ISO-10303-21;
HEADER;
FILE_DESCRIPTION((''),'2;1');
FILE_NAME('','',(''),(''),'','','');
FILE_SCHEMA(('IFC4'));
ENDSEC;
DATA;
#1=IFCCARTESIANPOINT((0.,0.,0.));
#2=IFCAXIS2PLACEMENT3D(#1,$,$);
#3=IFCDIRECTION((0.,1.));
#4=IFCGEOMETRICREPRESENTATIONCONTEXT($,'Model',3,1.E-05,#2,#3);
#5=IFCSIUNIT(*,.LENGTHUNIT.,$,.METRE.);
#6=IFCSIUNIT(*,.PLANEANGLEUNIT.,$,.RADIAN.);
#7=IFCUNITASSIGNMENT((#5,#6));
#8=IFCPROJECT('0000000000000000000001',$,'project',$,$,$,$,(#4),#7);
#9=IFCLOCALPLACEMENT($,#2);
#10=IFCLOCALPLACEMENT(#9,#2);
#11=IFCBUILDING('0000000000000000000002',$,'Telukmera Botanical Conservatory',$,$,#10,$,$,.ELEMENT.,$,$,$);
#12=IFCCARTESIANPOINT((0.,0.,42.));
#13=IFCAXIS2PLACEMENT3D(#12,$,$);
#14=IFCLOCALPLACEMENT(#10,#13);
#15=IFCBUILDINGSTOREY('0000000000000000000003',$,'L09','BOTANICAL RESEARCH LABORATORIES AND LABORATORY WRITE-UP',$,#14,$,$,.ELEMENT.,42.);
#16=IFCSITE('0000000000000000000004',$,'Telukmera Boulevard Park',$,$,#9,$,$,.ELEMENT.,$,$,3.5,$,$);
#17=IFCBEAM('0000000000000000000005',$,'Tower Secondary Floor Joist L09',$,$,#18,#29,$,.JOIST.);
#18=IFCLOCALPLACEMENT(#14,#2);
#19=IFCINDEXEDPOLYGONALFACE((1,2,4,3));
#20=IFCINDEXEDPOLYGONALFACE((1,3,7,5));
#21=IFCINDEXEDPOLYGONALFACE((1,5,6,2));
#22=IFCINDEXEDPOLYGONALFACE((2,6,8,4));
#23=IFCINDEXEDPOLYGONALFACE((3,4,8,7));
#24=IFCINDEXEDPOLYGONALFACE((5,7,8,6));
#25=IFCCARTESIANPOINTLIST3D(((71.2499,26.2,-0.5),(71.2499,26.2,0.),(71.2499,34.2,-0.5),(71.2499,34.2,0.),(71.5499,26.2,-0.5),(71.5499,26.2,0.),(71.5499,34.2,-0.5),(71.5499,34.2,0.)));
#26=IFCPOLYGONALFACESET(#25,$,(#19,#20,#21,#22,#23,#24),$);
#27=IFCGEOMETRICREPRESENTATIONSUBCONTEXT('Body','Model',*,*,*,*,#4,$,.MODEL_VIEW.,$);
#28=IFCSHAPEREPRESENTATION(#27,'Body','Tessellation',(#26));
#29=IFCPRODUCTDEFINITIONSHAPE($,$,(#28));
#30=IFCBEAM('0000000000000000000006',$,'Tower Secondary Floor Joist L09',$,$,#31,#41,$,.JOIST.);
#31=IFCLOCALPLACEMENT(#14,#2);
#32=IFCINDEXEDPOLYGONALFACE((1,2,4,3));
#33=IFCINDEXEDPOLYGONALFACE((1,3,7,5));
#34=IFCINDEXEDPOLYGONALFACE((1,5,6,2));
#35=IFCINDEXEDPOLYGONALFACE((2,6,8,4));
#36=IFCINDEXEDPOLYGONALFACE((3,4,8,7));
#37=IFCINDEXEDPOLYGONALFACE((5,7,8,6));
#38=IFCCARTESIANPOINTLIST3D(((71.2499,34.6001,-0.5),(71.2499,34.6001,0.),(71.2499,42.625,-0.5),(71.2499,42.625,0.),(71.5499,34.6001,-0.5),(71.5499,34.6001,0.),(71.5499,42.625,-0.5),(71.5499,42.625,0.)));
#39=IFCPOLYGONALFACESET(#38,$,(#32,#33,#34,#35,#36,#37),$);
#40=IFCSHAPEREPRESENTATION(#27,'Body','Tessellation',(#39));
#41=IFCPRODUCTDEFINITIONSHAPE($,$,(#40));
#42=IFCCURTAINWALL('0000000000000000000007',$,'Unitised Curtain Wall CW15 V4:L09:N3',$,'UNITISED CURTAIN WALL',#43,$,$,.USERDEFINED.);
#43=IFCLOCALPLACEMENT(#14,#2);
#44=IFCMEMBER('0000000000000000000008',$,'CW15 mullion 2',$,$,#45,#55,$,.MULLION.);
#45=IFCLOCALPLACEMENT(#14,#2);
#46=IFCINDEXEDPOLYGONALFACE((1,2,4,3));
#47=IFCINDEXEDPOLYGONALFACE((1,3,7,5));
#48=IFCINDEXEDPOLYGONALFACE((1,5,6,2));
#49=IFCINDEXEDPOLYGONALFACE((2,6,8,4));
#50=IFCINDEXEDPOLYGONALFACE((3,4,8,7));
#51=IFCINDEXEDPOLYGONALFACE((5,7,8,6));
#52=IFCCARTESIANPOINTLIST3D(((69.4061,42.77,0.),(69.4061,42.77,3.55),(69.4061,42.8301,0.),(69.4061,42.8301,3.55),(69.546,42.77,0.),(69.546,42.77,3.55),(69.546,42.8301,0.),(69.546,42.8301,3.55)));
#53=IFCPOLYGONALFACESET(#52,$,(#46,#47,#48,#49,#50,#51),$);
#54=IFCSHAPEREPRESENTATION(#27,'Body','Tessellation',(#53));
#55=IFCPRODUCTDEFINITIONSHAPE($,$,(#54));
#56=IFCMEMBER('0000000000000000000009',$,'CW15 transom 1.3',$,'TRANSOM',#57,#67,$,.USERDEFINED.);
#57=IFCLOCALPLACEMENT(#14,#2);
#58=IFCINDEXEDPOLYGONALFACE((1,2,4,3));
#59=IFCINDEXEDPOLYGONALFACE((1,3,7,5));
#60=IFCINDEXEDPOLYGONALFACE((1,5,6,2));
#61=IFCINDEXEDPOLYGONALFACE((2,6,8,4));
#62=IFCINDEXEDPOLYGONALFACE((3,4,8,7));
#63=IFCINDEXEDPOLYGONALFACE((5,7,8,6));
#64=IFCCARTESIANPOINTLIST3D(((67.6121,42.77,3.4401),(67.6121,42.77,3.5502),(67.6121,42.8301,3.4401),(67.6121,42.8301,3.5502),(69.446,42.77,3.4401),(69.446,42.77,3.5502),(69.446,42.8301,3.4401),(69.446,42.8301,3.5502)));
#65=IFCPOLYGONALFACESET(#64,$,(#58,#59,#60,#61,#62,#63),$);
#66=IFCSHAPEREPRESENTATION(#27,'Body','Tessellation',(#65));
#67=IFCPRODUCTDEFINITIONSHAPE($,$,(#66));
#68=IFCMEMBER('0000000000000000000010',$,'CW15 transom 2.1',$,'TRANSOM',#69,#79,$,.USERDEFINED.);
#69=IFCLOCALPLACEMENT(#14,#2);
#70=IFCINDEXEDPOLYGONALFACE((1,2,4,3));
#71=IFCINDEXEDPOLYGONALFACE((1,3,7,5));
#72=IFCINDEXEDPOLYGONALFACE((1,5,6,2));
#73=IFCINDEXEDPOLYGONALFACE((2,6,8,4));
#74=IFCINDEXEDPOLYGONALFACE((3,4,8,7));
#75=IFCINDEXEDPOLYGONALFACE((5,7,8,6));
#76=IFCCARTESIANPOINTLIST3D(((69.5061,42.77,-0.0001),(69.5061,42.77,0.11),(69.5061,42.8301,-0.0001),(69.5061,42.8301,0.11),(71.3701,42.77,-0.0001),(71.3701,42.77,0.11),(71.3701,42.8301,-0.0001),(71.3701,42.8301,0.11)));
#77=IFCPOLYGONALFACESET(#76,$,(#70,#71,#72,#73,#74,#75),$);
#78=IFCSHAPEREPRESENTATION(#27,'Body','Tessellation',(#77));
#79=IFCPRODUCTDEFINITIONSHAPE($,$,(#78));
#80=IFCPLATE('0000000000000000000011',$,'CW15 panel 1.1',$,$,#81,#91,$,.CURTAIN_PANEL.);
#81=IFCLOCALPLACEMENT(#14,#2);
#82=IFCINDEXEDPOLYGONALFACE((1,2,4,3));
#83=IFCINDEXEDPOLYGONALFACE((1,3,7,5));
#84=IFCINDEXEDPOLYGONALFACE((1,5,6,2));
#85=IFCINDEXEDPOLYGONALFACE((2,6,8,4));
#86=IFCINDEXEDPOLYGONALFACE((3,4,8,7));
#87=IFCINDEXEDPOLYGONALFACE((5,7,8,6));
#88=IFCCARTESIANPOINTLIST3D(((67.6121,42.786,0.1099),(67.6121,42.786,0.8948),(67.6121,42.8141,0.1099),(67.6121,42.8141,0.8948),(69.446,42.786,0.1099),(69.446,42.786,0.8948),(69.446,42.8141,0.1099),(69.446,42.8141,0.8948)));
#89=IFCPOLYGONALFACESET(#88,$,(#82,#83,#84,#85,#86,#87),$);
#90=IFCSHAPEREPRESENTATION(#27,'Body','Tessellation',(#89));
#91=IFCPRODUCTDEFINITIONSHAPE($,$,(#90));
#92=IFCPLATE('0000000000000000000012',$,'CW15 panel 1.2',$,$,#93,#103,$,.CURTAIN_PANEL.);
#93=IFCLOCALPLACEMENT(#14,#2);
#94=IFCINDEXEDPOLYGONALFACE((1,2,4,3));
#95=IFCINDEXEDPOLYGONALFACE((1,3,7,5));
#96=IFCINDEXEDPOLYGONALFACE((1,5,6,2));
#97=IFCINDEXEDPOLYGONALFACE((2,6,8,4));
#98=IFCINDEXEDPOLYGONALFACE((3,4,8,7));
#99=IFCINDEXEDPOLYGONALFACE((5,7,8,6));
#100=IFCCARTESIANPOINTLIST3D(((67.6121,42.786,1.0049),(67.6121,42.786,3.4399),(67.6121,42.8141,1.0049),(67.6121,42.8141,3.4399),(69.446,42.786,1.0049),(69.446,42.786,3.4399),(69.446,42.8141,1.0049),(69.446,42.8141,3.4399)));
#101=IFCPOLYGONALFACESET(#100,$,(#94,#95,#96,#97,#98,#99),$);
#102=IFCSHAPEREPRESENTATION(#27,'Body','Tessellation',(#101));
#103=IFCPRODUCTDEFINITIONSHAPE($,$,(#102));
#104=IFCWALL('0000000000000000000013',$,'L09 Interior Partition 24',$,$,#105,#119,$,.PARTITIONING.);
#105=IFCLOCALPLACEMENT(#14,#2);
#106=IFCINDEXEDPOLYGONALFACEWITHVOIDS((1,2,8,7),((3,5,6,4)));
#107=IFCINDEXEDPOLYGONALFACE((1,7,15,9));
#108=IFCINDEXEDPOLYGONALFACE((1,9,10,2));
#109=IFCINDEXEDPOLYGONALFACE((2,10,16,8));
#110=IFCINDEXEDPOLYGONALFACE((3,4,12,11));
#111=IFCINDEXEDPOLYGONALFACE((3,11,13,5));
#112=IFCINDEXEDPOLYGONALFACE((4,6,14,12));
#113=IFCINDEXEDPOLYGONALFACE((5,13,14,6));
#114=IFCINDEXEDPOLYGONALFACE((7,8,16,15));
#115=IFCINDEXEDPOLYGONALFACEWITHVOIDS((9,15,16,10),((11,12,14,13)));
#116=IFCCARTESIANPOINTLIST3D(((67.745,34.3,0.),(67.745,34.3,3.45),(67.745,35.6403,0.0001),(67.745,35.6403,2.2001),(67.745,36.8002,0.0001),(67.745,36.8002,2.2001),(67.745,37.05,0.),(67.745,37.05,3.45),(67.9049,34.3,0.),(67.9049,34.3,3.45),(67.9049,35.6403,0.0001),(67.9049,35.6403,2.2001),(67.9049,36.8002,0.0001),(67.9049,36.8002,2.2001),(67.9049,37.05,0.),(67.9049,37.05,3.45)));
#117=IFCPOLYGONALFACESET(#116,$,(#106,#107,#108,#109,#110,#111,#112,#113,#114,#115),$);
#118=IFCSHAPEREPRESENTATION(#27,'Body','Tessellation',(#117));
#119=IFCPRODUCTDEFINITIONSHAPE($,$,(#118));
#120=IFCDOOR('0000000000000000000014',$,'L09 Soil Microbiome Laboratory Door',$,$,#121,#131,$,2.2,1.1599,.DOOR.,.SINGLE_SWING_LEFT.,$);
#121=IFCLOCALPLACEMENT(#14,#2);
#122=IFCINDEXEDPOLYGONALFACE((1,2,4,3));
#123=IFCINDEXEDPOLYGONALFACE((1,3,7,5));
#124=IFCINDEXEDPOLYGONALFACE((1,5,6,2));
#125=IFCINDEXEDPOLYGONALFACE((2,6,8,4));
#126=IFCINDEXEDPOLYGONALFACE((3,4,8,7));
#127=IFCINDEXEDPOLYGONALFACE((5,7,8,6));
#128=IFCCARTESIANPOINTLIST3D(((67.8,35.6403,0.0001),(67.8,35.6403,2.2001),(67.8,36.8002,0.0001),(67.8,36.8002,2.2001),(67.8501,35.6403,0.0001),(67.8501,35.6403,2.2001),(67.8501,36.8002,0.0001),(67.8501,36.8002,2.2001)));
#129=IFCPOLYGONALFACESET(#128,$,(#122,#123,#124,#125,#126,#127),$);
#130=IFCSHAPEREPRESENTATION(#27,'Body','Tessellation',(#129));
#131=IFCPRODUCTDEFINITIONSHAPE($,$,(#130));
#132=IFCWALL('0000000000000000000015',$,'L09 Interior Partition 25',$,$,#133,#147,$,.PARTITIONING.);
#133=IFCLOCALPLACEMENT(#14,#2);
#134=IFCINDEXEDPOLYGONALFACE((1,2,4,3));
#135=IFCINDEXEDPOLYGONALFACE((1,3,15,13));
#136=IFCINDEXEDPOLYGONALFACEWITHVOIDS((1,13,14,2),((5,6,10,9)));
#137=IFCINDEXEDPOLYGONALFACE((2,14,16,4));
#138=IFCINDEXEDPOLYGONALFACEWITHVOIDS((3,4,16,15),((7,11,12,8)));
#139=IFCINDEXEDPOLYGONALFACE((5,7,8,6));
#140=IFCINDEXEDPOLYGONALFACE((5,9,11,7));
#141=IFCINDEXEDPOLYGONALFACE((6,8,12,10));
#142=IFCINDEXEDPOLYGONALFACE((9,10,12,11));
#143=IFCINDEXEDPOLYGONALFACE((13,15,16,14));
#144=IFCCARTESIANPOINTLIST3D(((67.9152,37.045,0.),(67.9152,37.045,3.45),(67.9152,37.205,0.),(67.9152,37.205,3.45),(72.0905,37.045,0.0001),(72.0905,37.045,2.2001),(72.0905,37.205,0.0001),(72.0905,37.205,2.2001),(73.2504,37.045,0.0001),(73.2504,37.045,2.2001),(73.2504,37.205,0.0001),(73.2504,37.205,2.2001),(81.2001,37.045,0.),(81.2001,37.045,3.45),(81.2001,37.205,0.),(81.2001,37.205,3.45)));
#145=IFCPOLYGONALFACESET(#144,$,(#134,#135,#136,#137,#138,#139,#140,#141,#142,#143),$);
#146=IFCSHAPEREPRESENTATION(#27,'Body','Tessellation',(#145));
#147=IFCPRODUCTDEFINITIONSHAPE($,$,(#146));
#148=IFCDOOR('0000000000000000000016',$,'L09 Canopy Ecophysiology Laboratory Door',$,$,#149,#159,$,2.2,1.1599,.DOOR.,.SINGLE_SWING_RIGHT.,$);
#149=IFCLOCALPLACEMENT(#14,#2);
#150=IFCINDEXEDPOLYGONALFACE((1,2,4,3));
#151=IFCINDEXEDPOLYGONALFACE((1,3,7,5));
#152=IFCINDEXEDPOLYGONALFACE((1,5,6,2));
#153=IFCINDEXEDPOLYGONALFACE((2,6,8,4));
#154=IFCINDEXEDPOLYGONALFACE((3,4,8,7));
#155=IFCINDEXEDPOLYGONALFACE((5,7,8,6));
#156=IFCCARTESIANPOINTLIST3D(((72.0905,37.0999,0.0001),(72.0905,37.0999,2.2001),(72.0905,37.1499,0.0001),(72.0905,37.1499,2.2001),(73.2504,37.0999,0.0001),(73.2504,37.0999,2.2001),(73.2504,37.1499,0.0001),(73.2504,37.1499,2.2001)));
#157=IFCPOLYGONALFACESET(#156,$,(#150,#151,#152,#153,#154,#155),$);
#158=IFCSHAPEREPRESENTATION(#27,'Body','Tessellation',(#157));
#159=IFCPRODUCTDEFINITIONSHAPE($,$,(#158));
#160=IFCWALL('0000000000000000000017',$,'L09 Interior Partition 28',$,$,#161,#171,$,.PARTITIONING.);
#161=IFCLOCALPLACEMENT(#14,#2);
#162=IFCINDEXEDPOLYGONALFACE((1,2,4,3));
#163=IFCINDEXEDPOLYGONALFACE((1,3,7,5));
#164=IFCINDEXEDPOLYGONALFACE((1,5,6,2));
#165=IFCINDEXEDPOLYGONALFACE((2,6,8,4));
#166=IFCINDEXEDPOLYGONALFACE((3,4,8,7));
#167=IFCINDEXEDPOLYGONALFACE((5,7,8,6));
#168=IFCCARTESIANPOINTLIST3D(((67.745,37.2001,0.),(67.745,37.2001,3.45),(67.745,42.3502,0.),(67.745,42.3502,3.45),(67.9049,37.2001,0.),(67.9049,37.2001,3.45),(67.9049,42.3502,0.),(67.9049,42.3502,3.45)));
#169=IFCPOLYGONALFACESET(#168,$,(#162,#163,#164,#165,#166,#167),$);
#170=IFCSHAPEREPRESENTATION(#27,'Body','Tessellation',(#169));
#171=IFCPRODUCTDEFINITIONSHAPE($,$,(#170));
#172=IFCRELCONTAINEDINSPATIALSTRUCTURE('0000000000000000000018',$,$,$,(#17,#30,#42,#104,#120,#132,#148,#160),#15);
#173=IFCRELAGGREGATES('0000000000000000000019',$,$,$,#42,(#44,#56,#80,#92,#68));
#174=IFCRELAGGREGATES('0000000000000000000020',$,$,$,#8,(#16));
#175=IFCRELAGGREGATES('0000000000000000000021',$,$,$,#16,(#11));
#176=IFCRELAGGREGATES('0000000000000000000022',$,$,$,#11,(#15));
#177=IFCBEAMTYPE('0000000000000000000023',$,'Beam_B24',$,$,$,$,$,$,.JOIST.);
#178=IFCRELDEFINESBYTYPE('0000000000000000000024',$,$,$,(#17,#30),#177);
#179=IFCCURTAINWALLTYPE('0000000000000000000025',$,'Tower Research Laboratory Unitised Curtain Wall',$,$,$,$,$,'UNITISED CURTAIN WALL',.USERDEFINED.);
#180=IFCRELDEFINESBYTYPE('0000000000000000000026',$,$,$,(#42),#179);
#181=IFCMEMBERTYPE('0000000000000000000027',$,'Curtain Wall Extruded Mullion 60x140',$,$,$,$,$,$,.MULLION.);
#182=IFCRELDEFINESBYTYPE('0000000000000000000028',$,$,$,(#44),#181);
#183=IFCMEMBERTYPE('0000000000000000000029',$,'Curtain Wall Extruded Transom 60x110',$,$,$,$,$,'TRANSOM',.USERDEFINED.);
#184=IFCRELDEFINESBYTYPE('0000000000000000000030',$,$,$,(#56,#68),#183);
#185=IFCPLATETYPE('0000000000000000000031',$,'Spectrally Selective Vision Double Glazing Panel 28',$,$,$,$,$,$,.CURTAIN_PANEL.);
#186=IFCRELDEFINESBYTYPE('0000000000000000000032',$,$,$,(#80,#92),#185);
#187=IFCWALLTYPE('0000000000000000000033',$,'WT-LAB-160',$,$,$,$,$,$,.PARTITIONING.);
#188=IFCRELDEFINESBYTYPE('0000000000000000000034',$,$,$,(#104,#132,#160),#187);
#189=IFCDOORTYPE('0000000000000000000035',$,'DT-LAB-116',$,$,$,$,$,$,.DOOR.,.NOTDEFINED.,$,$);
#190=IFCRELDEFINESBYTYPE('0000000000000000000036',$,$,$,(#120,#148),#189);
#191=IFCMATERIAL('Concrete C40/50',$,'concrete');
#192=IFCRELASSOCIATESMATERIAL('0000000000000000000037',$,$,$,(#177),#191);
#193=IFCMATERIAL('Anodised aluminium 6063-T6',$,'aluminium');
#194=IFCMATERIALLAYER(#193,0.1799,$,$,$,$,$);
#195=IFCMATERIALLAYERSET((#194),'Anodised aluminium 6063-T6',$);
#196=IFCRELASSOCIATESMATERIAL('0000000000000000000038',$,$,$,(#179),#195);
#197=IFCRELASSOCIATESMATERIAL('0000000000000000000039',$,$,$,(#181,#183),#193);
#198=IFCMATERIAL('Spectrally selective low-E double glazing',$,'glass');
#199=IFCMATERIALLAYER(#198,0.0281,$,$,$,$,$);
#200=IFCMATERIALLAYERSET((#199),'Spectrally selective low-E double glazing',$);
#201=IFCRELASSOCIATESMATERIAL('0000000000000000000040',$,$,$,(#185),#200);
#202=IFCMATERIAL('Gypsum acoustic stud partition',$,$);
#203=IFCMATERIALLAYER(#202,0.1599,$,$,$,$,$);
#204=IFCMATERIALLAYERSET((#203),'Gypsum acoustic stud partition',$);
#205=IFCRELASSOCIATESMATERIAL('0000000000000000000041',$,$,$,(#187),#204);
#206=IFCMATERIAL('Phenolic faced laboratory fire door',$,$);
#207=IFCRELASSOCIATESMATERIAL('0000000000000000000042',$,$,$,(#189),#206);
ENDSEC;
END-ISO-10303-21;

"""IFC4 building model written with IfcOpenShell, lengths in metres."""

from ifc_helpers import new_model, si_unit, direction, frame, frame_2d, origin, origin_2d, place, context, subcontext, project, spatial, rectangle, extrude, material, layer, layer_set, material_profile, profile_set, type_object, element, fill, aggregate, save


model = new_model("IFC4")

# Units and contexts
model_context = context("Model", 3, precision=1e-05, world=origin(), true_north=direction((0.0, 1.0)))
body_context = subcontext(model_context, "Body", "Model", "MODEL_VIEW")
ifc_project = project(units=[si_unit("LENGTHUNIT", "METRE"), si_unit("PLANEANGLEUNIT", "RADIAN")], contexts=[model_context])

# Site, building, storey
site_placement = place(None, origin())
site = spatial("IfcSite", under=ifc_project, at=site_placement, Name="Telukmera Boulevard Park", CompositionType="ELEMENT", RefElevation=3.5)
building_placement = place(site_placement, origin())
building = spatial("IfcBuilding", under=site, at=building_placement, Name="Telukmera Botanical Conservatory", CompositionType="ELEMENT")
storey_placement = place(building_placement, frame((0.0, 0.0, 42.0)))
storey = spatial("IfcBuildingStorey", under=building, at=storey_placement, Name="L09", Description="BOTANICAL RESEARCH LABORATORIES AND LABORATORY WRITE-UP", CompositionType="ELEMENT", Elevation=42.0)

# Beams
ifc_material_1 = material(Name="Concrete C40/50", Category="concrete")
ifc_material_profile_1 = material_profile(ifc_material_1, rectangle(XDim=0.3, YDim=0.5, at=origin_2d()), Name="RC 300x500")
ifc_profile_set_1 = profile_set([ifc_material_profile_1], Name="Concrete C40/50")
beam_type = type_object("IfcBeamType", Name="Beam_B24", PredefinedType="JOIST", material=ifc_profile_set_1)
beam_1_placement = place(storey_placement, frame((71.3999, 26.2, -0.25), z_axis=(0.0, 1.0, 0.0), x_axis=(-1.0, 0.0, 0.0)))
element("IfcBeam", 1, at=beam_1_placement, inside=storey, type_object=beam_type, Name="Tower Secondary Floor Joist L09", PredefinedType="JOIST", context=body_context, shape_type="SweptSolid", body=[
    extrude(rectangle(XDim=0.3, YDim=0.5, at=origin_2d()), origin(), (0.0, 0.0, 1.0), 8.0),
])
beam_2_placement = place(storey_placement, frame((71.3999, 34.6001, -0.25), z_axis=(0.0, 1.0, 0.0), x_axis=(-1.0, 0.0, 0.0)))
element("IfcBeam", 2, at=beam_2_placement, inside=storey, type_object=beam_type, Name="Tower Secondary Floor Joist L09", PredefinedType="JOIST", context=body_context, shape_type="SweptSolid", body=[
    extrude(rectangle(XDim=0.3, YDim=0.5, at=origin_2d()), origin(), (0.0, 0.0, 1.0), 8.0249),
])

# Curtain wall, members, plates
ifc_material_2 = material(Name="Anodised aluminium 6063-T6", Category="aluminium")
ifc_layer_1 = layer(ifc_material_2, 0.1799)
ifc_layer_set_1 = layer_set([ifc_layer_1], Name="Anodised aluminium 6063-T6")
curtain_wall_type = type_object("IfcCurtainWallType", Name="Tower Research Laboratory Unitised Curtain Wall", ElementType="UNITISED CURTAIN WALL", PredefinedType="USERDEFINED", material=ifc_layer_set_1)
curtain_wall_placement = place(storey_placement, origin())
curtain_wall = element("IfcCurtainWall", 3, at=curtain_wall_placement, inside=storey, type_object=curtain_wall_type, Name="Unitised Curtain Wall CW15 V4:L09:N3", ObjectType="UNITISED CURTAIN WALL", PredefinedType="USERDEFINED")
ifc_material_profile_2 = material_profile(ifc_material_2, rectangle(XDim=0.0601, YDim=0.1399, at=origin_2d()), Name="ALU MULL 60x140")
ifc_profile_set_2 = profile_set([ifc_material_profile_2], Name="Anodised aluminium 6063-T6")
member_type_1 = type_object("IfcMemberType", Name="Curtain Wall Extruded Mullion 60x140", PredefinedType="MULLION", material=ifc_profile_set_2)
member_1_placement = place(storey_placement, frame((69.4761, 42.8, 0.0), z_axis=(0.0, 0.0, 1.0), x_axis=(0.0, 1.0, 0.0)))
member_1 = element("IfcMember", 4, at=member_1_placement, type_object=member_type_1, Name="CW15 mullion 2", PredefinedType="MULLION", context=body_context, shape_type="SweptSolid", body=[
    extrude(rectangle(XDim=0.0601, YDim=0.1399, at=origin_2d()), origin(), (0.0, 0.0, 1.0), 3.55),
])
ifc_material_profile_3 = material_profile(ifc_material_2, rectangle(XDim=0.0601, YDim=0.1101, at=origin_2d()), Name="ALU TRAN 60x110")
ifc_profile_set_3 = profile_set([ifc_material_profile_3], Name="Anodised aluminium 6063-T6")
member_type_2 = type_object("IfcMemberType", Name="Curtain Wall Extruded Transom 60x110", ElementType="TRANSOM", PredefinedType="USERDEFINED", material=ifc_profile_set_3)
member_2_placement = place(storey_placement, frame((67.6121, 42.8, 3.4951), z_axis=(1.0, 0.0, 0.0), x_axis=(0.0, 1.0, 0.0)))
member_2 = element("IfcMember", 5, at=member_2_placement, type_object=member_type_2, Name="CW15 transom 1.3", ObjectType="TRANSOM", PredefinedType="USERDEFINED", context=body_context, shape_type="SweptSolid", body=[
    extrude(rectangle(XDim=0.0601, YDim=0.1101, at=origin_2d()), origin(), (0.0, 0.0, 1.0), 1.834),
])
member_3_placement = place(storey_placement, frame((69.5061, 42.8, 0.0549), z_axis=(1.0, 0.0, 0.0), x_axis=(0.0, 1.0, 0.0)))
member_3 = element("IfcMember", 6, at=member_3_placement, type_object=member_type_2, Name="CW15 transom 2.1", ObjectType="TRANSOM", PredefinedType="USERDEFINED", context=body_context, shape_type="SweptSolid", body=[
    extrude(rectangle(XDim=0.0601, YDim=0.1101, at=origin_2d()), origin(), (0.0, 0.0, 1.0), 1.864),
])
ifc_material_3 = material(Name="Spectrally selective low-E double glazing", Category="glass")
ifc_layer_2 = layer(ifc_material_3, 0.0281)
ifc_layer_set_2 = layer_set([ifc_layer_2], Name="Spectrally selective low-E double glazing")
plate_type = type_object("IfcPlateType", Name="Spectrally Selective Vision Double Glazing Panel 28", PredefinedType="CURTAIN_PANEL", material=ifc_layer_set_2)
plate_1_placement = place(storey_placement, frame((68.5291, 42.8, 0.1099), z_axis=(0.0, 0.0, 1.0), x_axis=(1.0, 0.0, 0.0)))
plate_1 = element("IfcPlate", 7, at=plate_1_placement, type_object=plate_type, Name="CW15 panel 1.1", PredefinedType="CURTAIN_PANEL", context=body_context, shape_type="SweptSolid", body=[
    extrude(rectangle(XDim=1.834, YDim=0.0281, at=origin_2d()), origin(), (0.0, 0.0, 1.0), 0.7849),
])
plate_2_placement = place(storey_placement, frame((68.5291, 42.8, 1.0049), z_axis=(0.0, 0.0, 1.0), x_axis=(1.0, 0.0, 0.0)))
plate_2 = element("IfcPlate", 8, at=plate_2_placement, type_object=plate_type, Name="CW15 panel 1.2", PredefinedType="CURTAIN_PANEL", context=body_context, shape_type="SweptSolid", body=[
    extrude(rectangle(XDim=1.834, YDim=0.0281, at=origin_2d()), origin(), (0.0, 0.0, 1.0), 2.4351),
])
aggregate(curtain_wall, [member_1, member_2, plate_1, plate_2, member_3])

# Walls, openings, doors
ifc_material_4 = material(Name="Gypsum acoustic stud partition")
ifc_layer_3 = layer(ifc_material_4, 0.1599)
ifc_layer_set_3 = layer_set([ifc_layer_3], Name="Gypsum acoustic stud partition")
wall_type_1 = type_object("IfcWallType", Name="WT-LAB-160", PredefinedType="PARTITIONING", material=ifc_layer_set_3)
wall_1_placement = place(storey_placement, frame((67.825, 34.3, 0.0), z_axis=(0.0, 0.0, 1.0), x_axis=(0.0, 1.0, 0.0)))
wall_1 = element("IfcWall", 9, at=wall_1_placement, inside=storey, type_object=wall_type_1, Name="L09 Interior Partition 24", PredefinedType="PARTITIONING", context=body_context, shape_type="SweptSolid", body=[
    extrude(rectangle(XDim=2.75, YDim=0.1599, at=frame_2d((1.375, 0.0))), origin(), (0.0, 0.0, 1.0), 3.45),
])
opening_1_placement = place(wall_1_placement, frame((1.3401, 0.0, 0.0)))
opening_1 = element("IfcOpeningElement", 10, at=opening_1_placement, cuts=wall_1, PredefinedType="OPENING", context=body_context, shape_type="SweptSolid", body=[
    extrude(rectangle(XDim=1.1599, YDim=2.2, at=frame_2d((0.5801, 1.1001))), frame((0.0, 0.0898, 0.0), z_axis=(0.0, -1.0, 0.0), x_axis=(1.0, 0.0, 0.0)), (0.0, 0.0, 1.0), 0.1799),
])
ifc_material_5 = material(Name="Phenolic faced laboratory fire door")
door_type_1 = type_object("IfcDoorType", Name="DT-LAB-116", OperationType="NOTDEFINED", PredefinedType="DOOR", material=ifc_material_5)
door_1_placement = place(opening_1_placement, origin())
door_1 = element("IfcDoor", 11, at=door_1_placement, inside=storey, type_object=door_type_1, Name="L09 Soil Microbiome Laboratory Door", OperationType="SINGLE_SWING_LEFT", OverallHeight=2.2, OverallWidth=1.1599, PredefinedType="DOOR", context=body_context, shape_type="SweptSolid", body=[
    extrude(rectangle(XDim=1.1599, YDim=2.2, at=frame_2d((0.5801, 1.1001))), frame((0.0, 0.0249, 0.0), z_axis=(0.0, -1.0, 0.0), x_axis=(1.0, 0.0, 0.0)), (0.0, 0.0, 1.0), 0.05),
])
fill(opening_1, door_1)
wall_2_placement = place(storey_placement, frame((67.915, 37.125, 0.0), z_axis=(0.0, 0.0, 1.0), x_axis=(1.0, 0.0, 0.0)))
wall_2 = element("IfcWall", 12, at=wall_2_placement, inside=storey, type_object=wall_type_1, Name="L09 Interior Partition 25", PredefinedType="PARTITIONING", context=body_context, shape_type="SweptSolid", body=[
    extrude(rectangle(XDim=13.2849, YDim=0.1599, at=frame_2d((6.6426, 0.0))), origin(), (0.0, 0.0, 1.0), 3.45),
])
opening_2_placement = place(wall_2_placement, frame((4.1753, 0.0, 0.0)))
opening_2 = element("IfcOpeningElement", 13, at=opening_2_placement, cuts=wall_2, PredefinedType="OPENING", context=body_context, shape_type="SweptSolid", body=[
    extrude(rectangle(XDim=1.1599, YDim=2.2, at=frame_2d((0.5801, 1.1001))), frame((0.0, 0.0898, 0.0), z_axis=(0.0, -1.0, 0.0), x_axis=(1.0, 0.0, 0.0)), (0.0, 0.0, 1.0), 0.1799),
])
door_2_placement = place(opening_2_placement, origin())
door_2 = element("IfcDoor", 14, at=door_2_placement, inside=storey, type_object=door_type_1, Name="L09 Canopy Ecophysiology Laboratory Door", OperationType="SINGLE_SWING_RIGHT", OverallHeight=2.2, OverallWidth=1.1599, PredefinedType="DOOR", context=body_context, shape_type="SweptSolid", body=[
    extrude(rectangle(XDim=1.1599, YDim=2.2, at=frame_2d((0.5801, 1.1001))), frame((0.0, 0.0249, 0.0), z_axis=(0.0, -1.0, 0.0), x_axis=(1.0, 0.0, 0.0)), (0.0, 0.0, 1.0), 0.05),
])
fill(opening_2, door_2)

# Wall
wall_3_placement = place(storey_placement, frame((67.825, 37.2, 0.0), z_axis=(0.0, 0.0, 1.0), x_axis=(0.0, 1.0, 0.0)))
element("IfcWall", 15, at=wall_3_placement, inside=storey, type_object=wall_type_1, Name="L09 Interior Partition 28", PredefinedType="PARTITIONING", context=body_context, shape_type="SweptSolid", body=[
    extrude(rectangle(XDim=5.1501, YDim=0.1599, at=frame_2d((2.5752, 0.0))), origin(), (0.0, 0.0, 1.0), 3.45),
])

save(model, "model.ifc")
